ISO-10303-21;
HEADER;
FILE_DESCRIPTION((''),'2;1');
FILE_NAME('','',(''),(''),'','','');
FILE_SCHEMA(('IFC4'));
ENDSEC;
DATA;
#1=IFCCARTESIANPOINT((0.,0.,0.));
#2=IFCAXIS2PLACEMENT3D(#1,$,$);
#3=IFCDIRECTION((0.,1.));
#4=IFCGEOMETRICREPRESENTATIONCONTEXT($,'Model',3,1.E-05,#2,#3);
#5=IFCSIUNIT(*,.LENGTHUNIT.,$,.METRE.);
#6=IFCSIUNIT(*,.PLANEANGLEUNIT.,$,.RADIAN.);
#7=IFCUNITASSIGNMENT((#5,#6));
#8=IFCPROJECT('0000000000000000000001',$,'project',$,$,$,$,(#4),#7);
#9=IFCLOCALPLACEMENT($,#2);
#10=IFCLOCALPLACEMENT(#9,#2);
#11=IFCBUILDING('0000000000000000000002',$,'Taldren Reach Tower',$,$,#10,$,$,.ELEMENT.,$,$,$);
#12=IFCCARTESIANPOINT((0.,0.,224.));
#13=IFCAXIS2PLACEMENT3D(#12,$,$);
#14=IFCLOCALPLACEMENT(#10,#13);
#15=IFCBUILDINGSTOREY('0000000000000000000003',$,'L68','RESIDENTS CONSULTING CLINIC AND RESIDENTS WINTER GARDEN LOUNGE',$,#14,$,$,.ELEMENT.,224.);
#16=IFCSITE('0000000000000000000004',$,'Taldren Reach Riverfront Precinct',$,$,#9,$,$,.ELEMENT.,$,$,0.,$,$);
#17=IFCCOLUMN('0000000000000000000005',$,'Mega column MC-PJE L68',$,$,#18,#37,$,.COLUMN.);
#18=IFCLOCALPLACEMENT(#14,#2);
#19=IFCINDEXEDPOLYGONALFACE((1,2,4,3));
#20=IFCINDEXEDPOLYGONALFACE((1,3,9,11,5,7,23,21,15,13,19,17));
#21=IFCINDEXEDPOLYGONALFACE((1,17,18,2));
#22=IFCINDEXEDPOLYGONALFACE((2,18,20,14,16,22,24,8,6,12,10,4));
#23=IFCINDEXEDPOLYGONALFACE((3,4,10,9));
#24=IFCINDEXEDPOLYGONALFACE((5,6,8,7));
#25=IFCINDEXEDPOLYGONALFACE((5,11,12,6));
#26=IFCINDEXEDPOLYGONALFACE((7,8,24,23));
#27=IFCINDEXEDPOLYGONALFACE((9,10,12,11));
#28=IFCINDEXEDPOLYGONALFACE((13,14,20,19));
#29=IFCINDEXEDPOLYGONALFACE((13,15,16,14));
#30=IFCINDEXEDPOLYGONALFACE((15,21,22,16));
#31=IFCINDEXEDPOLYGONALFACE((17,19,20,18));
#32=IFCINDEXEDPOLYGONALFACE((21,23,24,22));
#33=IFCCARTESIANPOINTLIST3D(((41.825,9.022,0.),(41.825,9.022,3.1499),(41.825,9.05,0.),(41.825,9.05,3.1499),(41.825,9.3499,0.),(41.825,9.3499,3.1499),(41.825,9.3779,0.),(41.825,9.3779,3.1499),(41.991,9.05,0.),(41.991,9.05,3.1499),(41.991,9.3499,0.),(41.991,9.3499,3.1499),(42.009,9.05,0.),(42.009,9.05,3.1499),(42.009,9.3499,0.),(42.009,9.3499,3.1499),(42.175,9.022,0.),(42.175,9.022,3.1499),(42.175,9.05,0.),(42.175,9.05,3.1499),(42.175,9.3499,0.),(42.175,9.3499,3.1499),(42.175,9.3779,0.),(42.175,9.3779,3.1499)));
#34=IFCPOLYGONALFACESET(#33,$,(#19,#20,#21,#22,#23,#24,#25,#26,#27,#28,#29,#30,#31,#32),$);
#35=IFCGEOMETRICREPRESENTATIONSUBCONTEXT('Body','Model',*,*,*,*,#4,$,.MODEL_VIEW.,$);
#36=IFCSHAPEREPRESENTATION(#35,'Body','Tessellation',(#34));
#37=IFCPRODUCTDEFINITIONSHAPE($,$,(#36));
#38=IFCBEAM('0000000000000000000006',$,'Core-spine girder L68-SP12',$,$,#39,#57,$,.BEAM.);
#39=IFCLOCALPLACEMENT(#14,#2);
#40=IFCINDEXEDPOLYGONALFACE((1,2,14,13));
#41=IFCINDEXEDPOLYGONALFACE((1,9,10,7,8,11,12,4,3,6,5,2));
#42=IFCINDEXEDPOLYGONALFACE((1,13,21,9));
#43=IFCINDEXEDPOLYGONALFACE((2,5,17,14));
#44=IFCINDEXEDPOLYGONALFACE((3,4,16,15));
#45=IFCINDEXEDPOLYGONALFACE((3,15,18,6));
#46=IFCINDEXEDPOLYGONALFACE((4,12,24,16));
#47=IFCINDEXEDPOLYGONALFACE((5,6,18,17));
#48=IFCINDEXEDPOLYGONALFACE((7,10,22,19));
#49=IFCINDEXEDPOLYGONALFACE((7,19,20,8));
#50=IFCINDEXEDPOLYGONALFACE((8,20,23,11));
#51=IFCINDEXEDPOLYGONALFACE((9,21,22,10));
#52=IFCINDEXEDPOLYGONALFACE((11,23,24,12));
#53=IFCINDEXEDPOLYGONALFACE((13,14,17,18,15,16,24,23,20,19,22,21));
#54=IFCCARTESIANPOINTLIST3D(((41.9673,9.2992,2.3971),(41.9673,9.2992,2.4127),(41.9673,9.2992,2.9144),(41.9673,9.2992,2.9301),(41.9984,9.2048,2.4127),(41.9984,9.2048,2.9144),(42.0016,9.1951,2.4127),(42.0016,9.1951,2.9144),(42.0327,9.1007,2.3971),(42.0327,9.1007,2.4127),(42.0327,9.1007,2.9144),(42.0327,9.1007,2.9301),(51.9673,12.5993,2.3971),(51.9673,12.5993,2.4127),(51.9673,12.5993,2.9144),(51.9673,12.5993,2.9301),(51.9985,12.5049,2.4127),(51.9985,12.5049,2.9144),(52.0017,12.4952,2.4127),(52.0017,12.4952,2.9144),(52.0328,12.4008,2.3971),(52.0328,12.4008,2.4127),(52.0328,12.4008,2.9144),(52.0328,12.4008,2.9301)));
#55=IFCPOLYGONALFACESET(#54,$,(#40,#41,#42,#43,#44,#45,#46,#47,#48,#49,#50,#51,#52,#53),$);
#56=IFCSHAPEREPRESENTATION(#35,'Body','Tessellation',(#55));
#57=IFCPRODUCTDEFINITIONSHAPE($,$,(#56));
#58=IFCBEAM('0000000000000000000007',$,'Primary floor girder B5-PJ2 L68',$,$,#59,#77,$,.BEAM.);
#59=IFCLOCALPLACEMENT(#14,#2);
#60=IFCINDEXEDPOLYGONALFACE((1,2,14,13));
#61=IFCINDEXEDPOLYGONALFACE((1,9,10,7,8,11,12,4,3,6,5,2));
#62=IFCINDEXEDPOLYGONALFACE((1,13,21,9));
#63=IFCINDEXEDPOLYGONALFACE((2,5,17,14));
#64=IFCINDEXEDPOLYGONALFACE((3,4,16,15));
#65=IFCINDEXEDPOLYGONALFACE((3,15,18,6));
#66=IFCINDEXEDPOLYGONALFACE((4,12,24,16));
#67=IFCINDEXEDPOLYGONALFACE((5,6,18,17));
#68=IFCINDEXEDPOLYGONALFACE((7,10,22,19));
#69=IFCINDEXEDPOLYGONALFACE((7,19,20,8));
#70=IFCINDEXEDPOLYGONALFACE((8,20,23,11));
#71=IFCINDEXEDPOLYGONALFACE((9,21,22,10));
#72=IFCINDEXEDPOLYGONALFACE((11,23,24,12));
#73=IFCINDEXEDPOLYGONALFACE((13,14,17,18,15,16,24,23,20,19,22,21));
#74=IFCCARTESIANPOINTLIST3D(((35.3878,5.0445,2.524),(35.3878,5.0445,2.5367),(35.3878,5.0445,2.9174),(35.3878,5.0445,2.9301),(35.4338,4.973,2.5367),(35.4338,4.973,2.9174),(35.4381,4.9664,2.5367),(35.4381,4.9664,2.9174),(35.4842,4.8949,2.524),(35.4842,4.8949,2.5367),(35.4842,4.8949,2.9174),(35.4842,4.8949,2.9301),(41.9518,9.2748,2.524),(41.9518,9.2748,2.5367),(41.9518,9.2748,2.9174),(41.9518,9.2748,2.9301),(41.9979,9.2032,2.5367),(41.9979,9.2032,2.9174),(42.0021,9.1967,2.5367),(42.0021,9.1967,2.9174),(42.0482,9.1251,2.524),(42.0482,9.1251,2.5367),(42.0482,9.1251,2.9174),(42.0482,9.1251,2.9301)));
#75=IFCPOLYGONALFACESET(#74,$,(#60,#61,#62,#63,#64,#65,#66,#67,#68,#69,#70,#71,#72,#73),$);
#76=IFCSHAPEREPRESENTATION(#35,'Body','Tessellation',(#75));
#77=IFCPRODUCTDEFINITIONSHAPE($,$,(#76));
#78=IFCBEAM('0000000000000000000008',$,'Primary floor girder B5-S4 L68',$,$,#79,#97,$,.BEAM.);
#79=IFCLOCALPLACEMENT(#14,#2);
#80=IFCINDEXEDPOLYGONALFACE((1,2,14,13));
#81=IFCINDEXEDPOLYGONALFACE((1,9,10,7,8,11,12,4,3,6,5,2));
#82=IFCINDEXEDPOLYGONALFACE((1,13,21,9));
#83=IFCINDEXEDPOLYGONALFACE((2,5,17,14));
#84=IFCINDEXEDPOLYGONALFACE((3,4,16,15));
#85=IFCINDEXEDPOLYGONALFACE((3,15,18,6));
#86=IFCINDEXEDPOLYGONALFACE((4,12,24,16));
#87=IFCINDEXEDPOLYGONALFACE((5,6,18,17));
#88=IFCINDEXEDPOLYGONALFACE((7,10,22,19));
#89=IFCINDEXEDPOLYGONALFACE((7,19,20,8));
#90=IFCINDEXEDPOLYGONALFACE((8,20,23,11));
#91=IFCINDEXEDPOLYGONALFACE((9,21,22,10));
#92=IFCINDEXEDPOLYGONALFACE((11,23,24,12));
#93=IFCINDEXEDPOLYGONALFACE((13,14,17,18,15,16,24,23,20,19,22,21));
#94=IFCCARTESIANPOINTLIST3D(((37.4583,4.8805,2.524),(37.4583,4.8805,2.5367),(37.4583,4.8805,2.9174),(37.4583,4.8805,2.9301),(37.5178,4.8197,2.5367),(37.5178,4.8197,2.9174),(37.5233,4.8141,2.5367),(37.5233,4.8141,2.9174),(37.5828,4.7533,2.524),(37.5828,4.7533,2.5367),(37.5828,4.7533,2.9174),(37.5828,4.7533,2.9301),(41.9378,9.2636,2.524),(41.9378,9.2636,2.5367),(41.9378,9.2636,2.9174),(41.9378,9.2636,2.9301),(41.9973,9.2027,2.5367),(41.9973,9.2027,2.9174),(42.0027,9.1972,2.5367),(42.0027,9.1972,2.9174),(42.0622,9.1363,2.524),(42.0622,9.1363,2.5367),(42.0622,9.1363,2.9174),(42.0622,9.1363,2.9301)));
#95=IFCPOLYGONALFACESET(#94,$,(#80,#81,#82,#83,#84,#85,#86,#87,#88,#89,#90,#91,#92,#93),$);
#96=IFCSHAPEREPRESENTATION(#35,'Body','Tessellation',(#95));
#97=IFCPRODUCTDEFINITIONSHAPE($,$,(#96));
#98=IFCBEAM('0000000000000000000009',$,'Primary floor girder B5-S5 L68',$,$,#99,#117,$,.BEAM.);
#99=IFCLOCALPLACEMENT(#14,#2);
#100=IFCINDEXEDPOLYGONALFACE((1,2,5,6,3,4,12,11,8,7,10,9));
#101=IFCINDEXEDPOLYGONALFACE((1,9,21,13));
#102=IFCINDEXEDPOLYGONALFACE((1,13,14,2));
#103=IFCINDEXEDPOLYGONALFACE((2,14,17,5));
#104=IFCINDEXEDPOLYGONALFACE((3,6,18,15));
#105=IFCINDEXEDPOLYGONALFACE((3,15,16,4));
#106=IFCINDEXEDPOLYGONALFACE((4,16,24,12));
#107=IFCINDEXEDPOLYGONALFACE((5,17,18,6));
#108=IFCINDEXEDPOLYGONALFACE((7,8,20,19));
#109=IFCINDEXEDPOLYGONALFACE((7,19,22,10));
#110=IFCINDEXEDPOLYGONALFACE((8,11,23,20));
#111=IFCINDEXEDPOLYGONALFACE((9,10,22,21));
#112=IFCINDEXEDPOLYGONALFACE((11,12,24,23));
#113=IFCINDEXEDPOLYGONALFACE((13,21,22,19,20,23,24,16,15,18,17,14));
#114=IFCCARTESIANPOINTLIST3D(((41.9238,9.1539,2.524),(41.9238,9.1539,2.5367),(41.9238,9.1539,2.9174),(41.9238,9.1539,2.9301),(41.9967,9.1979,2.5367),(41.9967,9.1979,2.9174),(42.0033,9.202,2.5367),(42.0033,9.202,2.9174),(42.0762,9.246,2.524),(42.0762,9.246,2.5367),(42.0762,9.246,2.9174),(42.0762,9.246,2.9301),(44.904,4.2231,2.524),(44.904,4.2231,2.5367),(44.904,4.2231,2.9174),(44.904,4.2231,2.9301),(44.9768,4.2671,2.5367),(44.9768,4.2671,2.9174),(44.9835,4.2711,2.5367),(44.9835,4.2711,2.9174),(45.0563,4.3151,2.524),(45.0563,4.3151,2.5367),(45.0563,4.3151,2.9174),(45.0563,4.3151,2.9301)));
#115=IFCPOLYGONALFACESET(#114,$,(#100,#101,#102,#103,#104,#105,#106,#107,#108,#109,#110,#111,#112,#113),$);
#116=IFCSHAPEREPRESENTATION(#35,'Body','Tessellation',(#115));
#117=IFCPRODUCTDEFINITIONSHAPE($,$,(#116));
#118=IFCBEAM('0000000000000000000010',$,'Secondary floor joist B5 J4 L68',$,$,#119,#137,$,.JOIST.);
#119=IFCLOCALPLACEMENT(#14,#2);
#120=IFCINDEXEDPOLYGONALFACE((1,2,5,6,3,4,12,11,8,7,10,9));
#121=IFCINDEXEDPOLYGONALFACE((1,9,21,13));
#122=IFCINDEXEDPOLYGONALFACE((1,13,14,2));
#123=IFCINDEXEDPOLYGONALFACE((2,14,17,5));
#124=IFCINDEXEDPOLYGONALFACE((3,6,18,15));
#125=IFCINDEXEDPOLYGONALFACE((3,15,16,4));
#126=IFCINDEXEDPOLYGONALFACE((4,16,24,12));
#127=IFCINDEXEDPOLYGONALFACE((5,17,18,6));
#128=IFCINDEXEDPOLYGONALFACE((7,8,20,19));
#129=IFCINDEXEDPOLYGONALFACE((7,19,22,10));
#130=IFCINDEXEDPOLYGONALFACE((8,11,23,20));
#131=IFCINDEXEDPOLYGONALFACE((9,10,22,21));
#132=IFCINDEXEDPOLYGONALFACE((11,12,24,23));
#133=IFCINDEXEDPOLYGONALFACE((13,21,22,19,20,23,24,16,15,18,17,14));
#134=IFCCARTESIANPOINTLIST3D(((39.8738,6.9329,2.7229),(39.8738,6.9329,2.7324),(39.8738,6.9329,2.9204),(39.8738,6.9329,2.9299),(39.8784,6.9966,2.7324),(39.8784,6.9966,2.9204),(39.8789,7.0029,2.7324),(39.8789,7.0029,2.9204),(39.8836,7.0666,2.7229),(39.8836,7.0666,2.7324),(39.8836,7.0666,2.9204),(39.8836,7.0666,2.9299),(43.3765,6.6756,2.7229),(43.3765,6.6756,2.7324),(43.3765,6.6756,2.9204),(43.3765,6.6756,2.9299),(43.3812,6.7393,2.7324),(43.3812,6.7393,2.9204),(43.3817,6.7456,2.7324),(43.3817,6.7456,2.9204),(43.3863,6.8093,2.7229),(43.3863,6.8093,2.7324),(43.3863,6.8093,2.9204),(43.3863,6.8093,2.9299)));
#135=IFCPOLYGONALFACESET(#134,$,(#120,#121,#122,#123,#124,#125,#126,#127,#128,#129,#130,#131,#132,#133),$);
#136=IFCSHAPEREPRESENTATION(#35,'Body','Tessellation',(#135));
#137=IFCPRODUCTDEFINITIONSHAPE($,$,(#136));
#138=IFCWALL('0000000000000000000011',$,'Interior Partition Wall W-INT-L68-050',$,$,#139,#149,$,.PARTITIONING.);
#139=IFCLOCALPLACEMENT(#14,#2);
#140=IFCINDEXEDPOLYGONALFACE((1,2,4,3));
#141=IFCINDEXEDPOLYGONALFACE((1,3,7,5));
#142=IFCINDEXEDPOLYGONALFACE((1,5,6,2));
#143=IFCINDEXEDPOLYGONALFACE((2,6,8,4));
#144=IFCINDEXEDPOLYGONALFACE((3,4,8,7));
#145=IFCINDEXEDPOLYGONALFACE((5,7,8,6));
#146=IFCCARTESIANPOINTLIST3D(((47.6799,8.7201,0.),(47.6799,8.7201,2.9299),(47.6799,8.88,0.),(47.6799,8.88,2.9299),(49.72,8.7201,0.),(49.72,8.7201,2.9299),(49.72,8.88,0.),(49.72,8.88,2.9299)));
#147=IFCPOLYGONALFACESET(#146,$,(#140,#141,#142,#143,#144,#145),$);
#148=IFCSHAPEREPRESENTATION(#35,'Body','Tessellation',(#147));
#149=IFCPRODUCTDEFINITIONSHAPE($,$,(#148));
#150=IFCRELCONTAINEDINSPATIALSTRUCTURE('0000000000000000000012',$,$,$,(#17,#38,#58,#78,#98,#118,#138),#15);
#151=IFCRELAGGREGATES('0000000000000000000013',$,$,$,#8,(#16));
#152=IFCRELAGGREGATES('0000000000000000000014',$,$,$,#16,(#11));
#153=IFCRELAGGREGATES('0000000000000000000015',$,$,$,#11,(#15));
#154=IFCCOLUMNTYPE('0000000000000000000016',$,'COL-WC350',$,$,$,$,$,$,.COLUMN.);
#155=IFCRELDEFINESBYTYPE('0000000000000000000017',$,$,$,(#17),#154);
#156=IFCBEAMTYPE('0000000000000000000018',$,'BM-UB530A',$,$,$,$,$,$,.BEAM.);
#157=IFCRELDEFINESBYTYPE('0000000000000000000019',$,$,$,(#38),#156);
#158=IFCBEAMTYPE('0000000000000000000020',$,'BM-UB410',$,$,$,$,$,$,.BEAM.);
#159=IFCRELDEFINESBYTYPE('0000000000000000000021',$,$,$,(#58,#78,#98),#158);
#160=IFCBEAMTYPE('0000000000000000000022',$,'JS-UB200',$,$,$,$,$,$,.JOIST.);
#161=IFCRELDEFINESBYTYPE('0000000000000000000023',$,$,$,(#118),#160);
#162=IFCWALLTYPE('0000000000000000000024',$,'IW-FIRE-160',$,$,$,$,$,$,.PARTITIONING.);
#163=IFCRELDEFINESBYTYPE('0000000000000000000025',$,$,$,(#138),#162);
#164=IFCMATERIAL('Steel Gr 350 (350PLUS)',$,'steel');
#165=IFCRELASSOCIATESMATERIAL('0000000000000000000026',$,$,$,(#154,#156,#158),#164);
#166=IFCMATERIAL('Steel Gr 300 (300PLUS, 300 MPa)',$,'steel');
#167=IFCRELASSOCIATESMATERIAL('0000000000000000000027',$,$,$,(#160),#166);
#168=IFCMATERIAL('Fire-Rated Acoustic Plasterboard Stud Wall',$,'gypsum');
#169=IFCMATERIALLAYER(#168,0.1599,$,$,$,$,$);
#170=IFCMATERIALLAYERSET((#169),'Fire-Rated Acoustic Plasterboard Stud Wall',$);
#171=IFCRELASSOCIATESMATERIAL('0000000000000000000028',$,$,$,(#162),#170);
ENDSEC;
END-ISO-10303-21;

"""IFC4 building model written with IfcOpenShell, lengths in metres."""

from ifc_helpers import new_model, si_unit, direction, frame, frame_2d, origin, origin_2d, place, context, subcontext, project, spatial, rectangle, i_section, extrude, source, transform, mapped, material, layer, layer_set, material_profile, profile_set, type_object, element, save


model = new_model("IFC4")

# Units and contexts
model_context = context("Model", 3, precision=1e-05, world=origin(), true_north=direction((0.0, 1.0)))
body_context = subcontext(model_context, "Body", "Model", "MODEL_VIEW")
ifc_project = project(units=[si_unit("LENGTHUNIT", "METRE"), si_unit("PLANEANGLEUNIT", "RADIAN")], contexts=[model_context])

# Site, building, storey
site_placement = place(None, origin())
site = spatial("IfcSite", under=ifc_project, at=site_placement, Name="Taldren Reach Riverfront Precinct", CompositionType="ELEMENT", RefElevation=0.0)
building_placement = place(site_placement, origin())
building = spatial("IfcBuilding", under=site, at=building_placement, Name="Taldren Reach Tower", CompositionType="ELEMENT")
storey_placement = place(building_placement, frame((0.0, 0.0, 224.0)))
storey = spatial("IfcBuildingStorey", under=building, at=storey_placement, Name="L68", Description="RESIDENTS CONSULTING CLINIC AND RESIDENTS WINTER GARDEN LOUNGE", CompositionType="ELEMENT", Elevation=224.0)

# Column
ifc_material_1 = material(Name="Steel Gr 350 (350PLUS)", Category="steel")
ifc_material_profile_1 = material_profile(ifc_material_1, i_section(OverallWidth=0.3501, OverallDepth=0.356, WebThickness=0.0181, FlangeThickness=0.0281, at=origin_2d()), Name="350WC197")
ifc_profile_set_1 = profile_set([ifc_material_profile_1], Name="Steel Gr 350 (350PLUS)")
column_type = type_object("IfcColumnType", Name="COL-WC350", PredefinedType="COLUMN", material=ifc_profile_set_1)
shared_shape_1 = source(origin(), body_context, "Body", "SweptSolid", [
    extrude(i_section(OverallWidth=0.3501, OverallDepth=0.356, WebThickness=0.0181, FlangeThickness=0.0281, at=origin_2d()), origin(), (0.0, 0.0, 1.0), 3.1499),
])
column_placement = place(storey_placement, frame((42.0, 9.2, 0.0), z_axis=(0.0, 0.0, 1.0), x_axis=(1.0, 0.0, 0.0)))
element("IfcColumn", 1, at=column_placement, inside=storey, type_object=column_type, Name="Mega column MC-PJE L68", PredefinedType="COLUMN", context=body_context, shape_type="MappedRepresentation", body=[
    mapped(shared_shape_1, transform((0.0, 0.0, 0.0), scale=1.0)),
])

# Beams
ifc_material_profile_2 = material_profile(ifc_material_1, i_section(OverallWidth=0.209, OverallDepth=0.533, WebThickness=0.0103, FlangeThickness=0.0156, at=origin_2d()), Name="530UB92.4")
ifc_profile_set_2 = profile_set([ifc_material_profile_2], Name="Steel Gr 350 (350PLUS)")
beam_type_1 = type_object("IfcBeamType", Name="BM-UB530A", PredefinedType="BEAM", material=ifc_profile_set_2)
shared_shape_2 = source(origin(), body_context, "Body", "SweptSolid", [
    extrude(i_section(OverallWidth=0.209, OverallDepth=0.533, WebThickness=0.0103, FlangeThickness=0.0156, at=origin_2d()), origin(), (0.0, 0.0, 1.0), 10.5305),
])
beam_1_placement = place(storey_placement, frame((42.0, 9.2, 2.6636), z_axis=(0.949627, 0.313382, 0.0), x_axis=(-0.313382, 0.949627, 0.0)))
element("IfcBeam", 2, at=beam_1_placement, inside=storey, type_object=beam_type_1, Name="Core-spine girder L68-SP12", PredefinedType="BEAM", context=body_context, shape_type="MappedRepresentation", body=[
    mapped(shared_shape_2, transform((0.0, 0.0, 0.0), scale=1.0)),
])
ifc_material_profile_3 = material_profile(ifc_material_1, i_section(OverallWidth=0.178, OverallDepth=0.406, WebThickness=0.0078, FlangeThickness=0.0127, at=origin_2d()), Name="410UB59.7")
ifc_profile_set_3 = profile_set([ifc_material_profile_3], Name="Steel Gr 350 (350PLUS)")
beam_type_2 = type_object("IfcBeamType", Name="BM-UB410", PredefinedType="BEAM", material=ifc_profile_set_3)
shared_shape_3 = source(origin(), body_context, "Body", "SweptSolid", [
    extrude(i_section(OverallWidth=0.178, OverallDepth=0.406, WebThickness=0.0078, FlangeThickness=0.0127, at=origin_2d()), origin(), (0.0, 0.0, 1.0), 7.8091),
])
beam_2_placement = place(storey_placement, frame((42.0, 9.2, 2.7271), z_axis=(-0.840564, -0.541712, 0.0), x_axis=(0.541712, -0.840564, 0.0)))
element("IfcBeam", 3, at=beam_2_placement, inside=storey, type_object=beam_type_2, Name="Primary floor girder B5-PJ2 L68", PredefinedType="BEAM", context=body_context, shape_type="MappedRepresentation", body=[
    mapped(shared_shape_3, transform((0.0, 0.0, 0.0), scale=1.0)),
])
shared_shape_4 = source(origin(), body_context, "Body", "SweptSolid", [
    extrude(i_section(OverallWidth=0.178, OverallDepth=0.406, WebThickness=0.0078, FlangeThickness=0.0127, at=origin_2d()), origin(), (0.0, 0.0, 1.0), 6.2671),
])
beam_3_placement = place(storey_placement, frame((42.0, 9.2, 2.7271), z_axis=(-0.714759, -0.699371, 0.0), x_axis=(0.699371, -0.714759, 0.0)))
element("IfcBeam", 4, at=beam_3_placement, inside=storey, type_object=beam_type_2, Name="Primary floor girder B5-S4 L68", PredefinedType="BEAM", context=body_context, shape_type="MappedRepresentation", body=[
    mapped(shared_shape_4, transform((0.0, 0.0, 0.0), scale=1.0)),
])
shared_shape_5 = source(origin(), body_context, "Body", "SweptSolid", [
    extrude(i_section(OverallWidth=0.178, OverallDepth=0.406, WebThickness=0.0078, FlangeThickness=0.0127, at=origin_2d()), origin(), (0.0, 0.0, 1.0), 5.7615),
])
beam_4_placement = place(storey_placement, frame((42.0, 9.2, 2.7271), z_axis=(0.51726, -0.855828, 0.0), x_axis=(0.855828, 0.51726, 0.0)))
element("IfcBeam", 5, at=beam_4_placement, inside=storey, type_object=beam_type_2, Name="Primary floor girder B5-S5 L68", PredefinedType="BEAM", context=body_context, shape_type="MappedRepresentation", body=[
    mapped(shared_shape_5, transform((0.0, 0.0, 0.0), scale=1.0)),
])
ifc_material_2 = material(Name="Steel Gr 300 (300PLUS, 300 MPa)", Category="steel")
ifc_material_profile_4 = material_profile(ifc_material_2, i_section(OverallWidth=0.134, OverallDepth=0.207, WebThickness=0.0063, FlangeThickness=0.0095, at=origin_2d()), Name="200UB29.8")
ifc_profile_set_4 = profile_set([ifc_material_profile_4], Name="Steel Gr 300 (300PLUS, 300 MPa)")
beam_type_3 = type_object("IfcBeamType", Name="JS-UB200", PredefinedType="JOIST", material=ifc_profile_set_4)
shared_shape_6 = source(origin(), body_context, "Body", "SweptSolid", [
    extrude(i_section(OverallWidth=0.134, OverallDepth=0.207, WebThickness=0.0063, FlangeThickness=0.0095, at=origin_2d()), origin(), (0.0, 0.0, 1.0), 3.5122),
])
beam_5_placement = place(storey_placement, frame((39.8787, 6.9998, 2.8264), z_axis=(0.997312, -0.073267, 0.0), x_axis=(0.073267, 0.997312, 0.0)))
element("IfcBeam", 6, at=beam_5_placement, inside=storey, type_object=beam_type_3, Name="Secondary floor joist B5 J4 L68", PredefinedType="JOIST", context=body_context, shape_type="MappedRepresentation", body=[
    mapped(shared_shape_6, transform((0.0, 0.0, 0.0), scale=1.0)),
])

# Wall
ifc_material_3 = material(Name="Fire-Rated Acoustic Plasterboard Stud Wall", Category="gypsum")
ifc_layer_1 = layer(ifc_material_3, 0.1599)
ifc_layer_set_1 = layer_set([ifc_layer_1], Name="Fire-Rated Acoustic Plasterboard Stud Wall")
wall_type_1 = type_object("IfcWallType", Name="IW-FIRE-160", PredefinedType="PARTITIONING", material=ifc_layer_set_1)
shared_shape_7 = source(origin(), body_context, "Body", "SweptSolid", [
    extrude(rectangle(XDim=2.04, YDim=0.1599, at=frame_2d((1.02, 0.0))), origin(), (0.0, 0.0, 1.0), 2.9299),
])
wall_1_placement = place(storey_placement, frame((49.72, 8.8, 0.0), z_axis=(0.0, 0.0, 1.0), x_axis=(-1.0, 0.0, 0.0)))
element("IfcWall", 7, at=wall_1_placement, inside=storey, type_object=wall_type_1, Name="Interior Partition Wall W-INT-L68-050", PredefinedType="PARTITIONING", context=body_context, shape_type="MappedRepresentation", body=[
    mapped(shared_shape_7, transform((0.0, 0.0, 0.0), scale=1.0)),
])

save(model, "model.ifc")
